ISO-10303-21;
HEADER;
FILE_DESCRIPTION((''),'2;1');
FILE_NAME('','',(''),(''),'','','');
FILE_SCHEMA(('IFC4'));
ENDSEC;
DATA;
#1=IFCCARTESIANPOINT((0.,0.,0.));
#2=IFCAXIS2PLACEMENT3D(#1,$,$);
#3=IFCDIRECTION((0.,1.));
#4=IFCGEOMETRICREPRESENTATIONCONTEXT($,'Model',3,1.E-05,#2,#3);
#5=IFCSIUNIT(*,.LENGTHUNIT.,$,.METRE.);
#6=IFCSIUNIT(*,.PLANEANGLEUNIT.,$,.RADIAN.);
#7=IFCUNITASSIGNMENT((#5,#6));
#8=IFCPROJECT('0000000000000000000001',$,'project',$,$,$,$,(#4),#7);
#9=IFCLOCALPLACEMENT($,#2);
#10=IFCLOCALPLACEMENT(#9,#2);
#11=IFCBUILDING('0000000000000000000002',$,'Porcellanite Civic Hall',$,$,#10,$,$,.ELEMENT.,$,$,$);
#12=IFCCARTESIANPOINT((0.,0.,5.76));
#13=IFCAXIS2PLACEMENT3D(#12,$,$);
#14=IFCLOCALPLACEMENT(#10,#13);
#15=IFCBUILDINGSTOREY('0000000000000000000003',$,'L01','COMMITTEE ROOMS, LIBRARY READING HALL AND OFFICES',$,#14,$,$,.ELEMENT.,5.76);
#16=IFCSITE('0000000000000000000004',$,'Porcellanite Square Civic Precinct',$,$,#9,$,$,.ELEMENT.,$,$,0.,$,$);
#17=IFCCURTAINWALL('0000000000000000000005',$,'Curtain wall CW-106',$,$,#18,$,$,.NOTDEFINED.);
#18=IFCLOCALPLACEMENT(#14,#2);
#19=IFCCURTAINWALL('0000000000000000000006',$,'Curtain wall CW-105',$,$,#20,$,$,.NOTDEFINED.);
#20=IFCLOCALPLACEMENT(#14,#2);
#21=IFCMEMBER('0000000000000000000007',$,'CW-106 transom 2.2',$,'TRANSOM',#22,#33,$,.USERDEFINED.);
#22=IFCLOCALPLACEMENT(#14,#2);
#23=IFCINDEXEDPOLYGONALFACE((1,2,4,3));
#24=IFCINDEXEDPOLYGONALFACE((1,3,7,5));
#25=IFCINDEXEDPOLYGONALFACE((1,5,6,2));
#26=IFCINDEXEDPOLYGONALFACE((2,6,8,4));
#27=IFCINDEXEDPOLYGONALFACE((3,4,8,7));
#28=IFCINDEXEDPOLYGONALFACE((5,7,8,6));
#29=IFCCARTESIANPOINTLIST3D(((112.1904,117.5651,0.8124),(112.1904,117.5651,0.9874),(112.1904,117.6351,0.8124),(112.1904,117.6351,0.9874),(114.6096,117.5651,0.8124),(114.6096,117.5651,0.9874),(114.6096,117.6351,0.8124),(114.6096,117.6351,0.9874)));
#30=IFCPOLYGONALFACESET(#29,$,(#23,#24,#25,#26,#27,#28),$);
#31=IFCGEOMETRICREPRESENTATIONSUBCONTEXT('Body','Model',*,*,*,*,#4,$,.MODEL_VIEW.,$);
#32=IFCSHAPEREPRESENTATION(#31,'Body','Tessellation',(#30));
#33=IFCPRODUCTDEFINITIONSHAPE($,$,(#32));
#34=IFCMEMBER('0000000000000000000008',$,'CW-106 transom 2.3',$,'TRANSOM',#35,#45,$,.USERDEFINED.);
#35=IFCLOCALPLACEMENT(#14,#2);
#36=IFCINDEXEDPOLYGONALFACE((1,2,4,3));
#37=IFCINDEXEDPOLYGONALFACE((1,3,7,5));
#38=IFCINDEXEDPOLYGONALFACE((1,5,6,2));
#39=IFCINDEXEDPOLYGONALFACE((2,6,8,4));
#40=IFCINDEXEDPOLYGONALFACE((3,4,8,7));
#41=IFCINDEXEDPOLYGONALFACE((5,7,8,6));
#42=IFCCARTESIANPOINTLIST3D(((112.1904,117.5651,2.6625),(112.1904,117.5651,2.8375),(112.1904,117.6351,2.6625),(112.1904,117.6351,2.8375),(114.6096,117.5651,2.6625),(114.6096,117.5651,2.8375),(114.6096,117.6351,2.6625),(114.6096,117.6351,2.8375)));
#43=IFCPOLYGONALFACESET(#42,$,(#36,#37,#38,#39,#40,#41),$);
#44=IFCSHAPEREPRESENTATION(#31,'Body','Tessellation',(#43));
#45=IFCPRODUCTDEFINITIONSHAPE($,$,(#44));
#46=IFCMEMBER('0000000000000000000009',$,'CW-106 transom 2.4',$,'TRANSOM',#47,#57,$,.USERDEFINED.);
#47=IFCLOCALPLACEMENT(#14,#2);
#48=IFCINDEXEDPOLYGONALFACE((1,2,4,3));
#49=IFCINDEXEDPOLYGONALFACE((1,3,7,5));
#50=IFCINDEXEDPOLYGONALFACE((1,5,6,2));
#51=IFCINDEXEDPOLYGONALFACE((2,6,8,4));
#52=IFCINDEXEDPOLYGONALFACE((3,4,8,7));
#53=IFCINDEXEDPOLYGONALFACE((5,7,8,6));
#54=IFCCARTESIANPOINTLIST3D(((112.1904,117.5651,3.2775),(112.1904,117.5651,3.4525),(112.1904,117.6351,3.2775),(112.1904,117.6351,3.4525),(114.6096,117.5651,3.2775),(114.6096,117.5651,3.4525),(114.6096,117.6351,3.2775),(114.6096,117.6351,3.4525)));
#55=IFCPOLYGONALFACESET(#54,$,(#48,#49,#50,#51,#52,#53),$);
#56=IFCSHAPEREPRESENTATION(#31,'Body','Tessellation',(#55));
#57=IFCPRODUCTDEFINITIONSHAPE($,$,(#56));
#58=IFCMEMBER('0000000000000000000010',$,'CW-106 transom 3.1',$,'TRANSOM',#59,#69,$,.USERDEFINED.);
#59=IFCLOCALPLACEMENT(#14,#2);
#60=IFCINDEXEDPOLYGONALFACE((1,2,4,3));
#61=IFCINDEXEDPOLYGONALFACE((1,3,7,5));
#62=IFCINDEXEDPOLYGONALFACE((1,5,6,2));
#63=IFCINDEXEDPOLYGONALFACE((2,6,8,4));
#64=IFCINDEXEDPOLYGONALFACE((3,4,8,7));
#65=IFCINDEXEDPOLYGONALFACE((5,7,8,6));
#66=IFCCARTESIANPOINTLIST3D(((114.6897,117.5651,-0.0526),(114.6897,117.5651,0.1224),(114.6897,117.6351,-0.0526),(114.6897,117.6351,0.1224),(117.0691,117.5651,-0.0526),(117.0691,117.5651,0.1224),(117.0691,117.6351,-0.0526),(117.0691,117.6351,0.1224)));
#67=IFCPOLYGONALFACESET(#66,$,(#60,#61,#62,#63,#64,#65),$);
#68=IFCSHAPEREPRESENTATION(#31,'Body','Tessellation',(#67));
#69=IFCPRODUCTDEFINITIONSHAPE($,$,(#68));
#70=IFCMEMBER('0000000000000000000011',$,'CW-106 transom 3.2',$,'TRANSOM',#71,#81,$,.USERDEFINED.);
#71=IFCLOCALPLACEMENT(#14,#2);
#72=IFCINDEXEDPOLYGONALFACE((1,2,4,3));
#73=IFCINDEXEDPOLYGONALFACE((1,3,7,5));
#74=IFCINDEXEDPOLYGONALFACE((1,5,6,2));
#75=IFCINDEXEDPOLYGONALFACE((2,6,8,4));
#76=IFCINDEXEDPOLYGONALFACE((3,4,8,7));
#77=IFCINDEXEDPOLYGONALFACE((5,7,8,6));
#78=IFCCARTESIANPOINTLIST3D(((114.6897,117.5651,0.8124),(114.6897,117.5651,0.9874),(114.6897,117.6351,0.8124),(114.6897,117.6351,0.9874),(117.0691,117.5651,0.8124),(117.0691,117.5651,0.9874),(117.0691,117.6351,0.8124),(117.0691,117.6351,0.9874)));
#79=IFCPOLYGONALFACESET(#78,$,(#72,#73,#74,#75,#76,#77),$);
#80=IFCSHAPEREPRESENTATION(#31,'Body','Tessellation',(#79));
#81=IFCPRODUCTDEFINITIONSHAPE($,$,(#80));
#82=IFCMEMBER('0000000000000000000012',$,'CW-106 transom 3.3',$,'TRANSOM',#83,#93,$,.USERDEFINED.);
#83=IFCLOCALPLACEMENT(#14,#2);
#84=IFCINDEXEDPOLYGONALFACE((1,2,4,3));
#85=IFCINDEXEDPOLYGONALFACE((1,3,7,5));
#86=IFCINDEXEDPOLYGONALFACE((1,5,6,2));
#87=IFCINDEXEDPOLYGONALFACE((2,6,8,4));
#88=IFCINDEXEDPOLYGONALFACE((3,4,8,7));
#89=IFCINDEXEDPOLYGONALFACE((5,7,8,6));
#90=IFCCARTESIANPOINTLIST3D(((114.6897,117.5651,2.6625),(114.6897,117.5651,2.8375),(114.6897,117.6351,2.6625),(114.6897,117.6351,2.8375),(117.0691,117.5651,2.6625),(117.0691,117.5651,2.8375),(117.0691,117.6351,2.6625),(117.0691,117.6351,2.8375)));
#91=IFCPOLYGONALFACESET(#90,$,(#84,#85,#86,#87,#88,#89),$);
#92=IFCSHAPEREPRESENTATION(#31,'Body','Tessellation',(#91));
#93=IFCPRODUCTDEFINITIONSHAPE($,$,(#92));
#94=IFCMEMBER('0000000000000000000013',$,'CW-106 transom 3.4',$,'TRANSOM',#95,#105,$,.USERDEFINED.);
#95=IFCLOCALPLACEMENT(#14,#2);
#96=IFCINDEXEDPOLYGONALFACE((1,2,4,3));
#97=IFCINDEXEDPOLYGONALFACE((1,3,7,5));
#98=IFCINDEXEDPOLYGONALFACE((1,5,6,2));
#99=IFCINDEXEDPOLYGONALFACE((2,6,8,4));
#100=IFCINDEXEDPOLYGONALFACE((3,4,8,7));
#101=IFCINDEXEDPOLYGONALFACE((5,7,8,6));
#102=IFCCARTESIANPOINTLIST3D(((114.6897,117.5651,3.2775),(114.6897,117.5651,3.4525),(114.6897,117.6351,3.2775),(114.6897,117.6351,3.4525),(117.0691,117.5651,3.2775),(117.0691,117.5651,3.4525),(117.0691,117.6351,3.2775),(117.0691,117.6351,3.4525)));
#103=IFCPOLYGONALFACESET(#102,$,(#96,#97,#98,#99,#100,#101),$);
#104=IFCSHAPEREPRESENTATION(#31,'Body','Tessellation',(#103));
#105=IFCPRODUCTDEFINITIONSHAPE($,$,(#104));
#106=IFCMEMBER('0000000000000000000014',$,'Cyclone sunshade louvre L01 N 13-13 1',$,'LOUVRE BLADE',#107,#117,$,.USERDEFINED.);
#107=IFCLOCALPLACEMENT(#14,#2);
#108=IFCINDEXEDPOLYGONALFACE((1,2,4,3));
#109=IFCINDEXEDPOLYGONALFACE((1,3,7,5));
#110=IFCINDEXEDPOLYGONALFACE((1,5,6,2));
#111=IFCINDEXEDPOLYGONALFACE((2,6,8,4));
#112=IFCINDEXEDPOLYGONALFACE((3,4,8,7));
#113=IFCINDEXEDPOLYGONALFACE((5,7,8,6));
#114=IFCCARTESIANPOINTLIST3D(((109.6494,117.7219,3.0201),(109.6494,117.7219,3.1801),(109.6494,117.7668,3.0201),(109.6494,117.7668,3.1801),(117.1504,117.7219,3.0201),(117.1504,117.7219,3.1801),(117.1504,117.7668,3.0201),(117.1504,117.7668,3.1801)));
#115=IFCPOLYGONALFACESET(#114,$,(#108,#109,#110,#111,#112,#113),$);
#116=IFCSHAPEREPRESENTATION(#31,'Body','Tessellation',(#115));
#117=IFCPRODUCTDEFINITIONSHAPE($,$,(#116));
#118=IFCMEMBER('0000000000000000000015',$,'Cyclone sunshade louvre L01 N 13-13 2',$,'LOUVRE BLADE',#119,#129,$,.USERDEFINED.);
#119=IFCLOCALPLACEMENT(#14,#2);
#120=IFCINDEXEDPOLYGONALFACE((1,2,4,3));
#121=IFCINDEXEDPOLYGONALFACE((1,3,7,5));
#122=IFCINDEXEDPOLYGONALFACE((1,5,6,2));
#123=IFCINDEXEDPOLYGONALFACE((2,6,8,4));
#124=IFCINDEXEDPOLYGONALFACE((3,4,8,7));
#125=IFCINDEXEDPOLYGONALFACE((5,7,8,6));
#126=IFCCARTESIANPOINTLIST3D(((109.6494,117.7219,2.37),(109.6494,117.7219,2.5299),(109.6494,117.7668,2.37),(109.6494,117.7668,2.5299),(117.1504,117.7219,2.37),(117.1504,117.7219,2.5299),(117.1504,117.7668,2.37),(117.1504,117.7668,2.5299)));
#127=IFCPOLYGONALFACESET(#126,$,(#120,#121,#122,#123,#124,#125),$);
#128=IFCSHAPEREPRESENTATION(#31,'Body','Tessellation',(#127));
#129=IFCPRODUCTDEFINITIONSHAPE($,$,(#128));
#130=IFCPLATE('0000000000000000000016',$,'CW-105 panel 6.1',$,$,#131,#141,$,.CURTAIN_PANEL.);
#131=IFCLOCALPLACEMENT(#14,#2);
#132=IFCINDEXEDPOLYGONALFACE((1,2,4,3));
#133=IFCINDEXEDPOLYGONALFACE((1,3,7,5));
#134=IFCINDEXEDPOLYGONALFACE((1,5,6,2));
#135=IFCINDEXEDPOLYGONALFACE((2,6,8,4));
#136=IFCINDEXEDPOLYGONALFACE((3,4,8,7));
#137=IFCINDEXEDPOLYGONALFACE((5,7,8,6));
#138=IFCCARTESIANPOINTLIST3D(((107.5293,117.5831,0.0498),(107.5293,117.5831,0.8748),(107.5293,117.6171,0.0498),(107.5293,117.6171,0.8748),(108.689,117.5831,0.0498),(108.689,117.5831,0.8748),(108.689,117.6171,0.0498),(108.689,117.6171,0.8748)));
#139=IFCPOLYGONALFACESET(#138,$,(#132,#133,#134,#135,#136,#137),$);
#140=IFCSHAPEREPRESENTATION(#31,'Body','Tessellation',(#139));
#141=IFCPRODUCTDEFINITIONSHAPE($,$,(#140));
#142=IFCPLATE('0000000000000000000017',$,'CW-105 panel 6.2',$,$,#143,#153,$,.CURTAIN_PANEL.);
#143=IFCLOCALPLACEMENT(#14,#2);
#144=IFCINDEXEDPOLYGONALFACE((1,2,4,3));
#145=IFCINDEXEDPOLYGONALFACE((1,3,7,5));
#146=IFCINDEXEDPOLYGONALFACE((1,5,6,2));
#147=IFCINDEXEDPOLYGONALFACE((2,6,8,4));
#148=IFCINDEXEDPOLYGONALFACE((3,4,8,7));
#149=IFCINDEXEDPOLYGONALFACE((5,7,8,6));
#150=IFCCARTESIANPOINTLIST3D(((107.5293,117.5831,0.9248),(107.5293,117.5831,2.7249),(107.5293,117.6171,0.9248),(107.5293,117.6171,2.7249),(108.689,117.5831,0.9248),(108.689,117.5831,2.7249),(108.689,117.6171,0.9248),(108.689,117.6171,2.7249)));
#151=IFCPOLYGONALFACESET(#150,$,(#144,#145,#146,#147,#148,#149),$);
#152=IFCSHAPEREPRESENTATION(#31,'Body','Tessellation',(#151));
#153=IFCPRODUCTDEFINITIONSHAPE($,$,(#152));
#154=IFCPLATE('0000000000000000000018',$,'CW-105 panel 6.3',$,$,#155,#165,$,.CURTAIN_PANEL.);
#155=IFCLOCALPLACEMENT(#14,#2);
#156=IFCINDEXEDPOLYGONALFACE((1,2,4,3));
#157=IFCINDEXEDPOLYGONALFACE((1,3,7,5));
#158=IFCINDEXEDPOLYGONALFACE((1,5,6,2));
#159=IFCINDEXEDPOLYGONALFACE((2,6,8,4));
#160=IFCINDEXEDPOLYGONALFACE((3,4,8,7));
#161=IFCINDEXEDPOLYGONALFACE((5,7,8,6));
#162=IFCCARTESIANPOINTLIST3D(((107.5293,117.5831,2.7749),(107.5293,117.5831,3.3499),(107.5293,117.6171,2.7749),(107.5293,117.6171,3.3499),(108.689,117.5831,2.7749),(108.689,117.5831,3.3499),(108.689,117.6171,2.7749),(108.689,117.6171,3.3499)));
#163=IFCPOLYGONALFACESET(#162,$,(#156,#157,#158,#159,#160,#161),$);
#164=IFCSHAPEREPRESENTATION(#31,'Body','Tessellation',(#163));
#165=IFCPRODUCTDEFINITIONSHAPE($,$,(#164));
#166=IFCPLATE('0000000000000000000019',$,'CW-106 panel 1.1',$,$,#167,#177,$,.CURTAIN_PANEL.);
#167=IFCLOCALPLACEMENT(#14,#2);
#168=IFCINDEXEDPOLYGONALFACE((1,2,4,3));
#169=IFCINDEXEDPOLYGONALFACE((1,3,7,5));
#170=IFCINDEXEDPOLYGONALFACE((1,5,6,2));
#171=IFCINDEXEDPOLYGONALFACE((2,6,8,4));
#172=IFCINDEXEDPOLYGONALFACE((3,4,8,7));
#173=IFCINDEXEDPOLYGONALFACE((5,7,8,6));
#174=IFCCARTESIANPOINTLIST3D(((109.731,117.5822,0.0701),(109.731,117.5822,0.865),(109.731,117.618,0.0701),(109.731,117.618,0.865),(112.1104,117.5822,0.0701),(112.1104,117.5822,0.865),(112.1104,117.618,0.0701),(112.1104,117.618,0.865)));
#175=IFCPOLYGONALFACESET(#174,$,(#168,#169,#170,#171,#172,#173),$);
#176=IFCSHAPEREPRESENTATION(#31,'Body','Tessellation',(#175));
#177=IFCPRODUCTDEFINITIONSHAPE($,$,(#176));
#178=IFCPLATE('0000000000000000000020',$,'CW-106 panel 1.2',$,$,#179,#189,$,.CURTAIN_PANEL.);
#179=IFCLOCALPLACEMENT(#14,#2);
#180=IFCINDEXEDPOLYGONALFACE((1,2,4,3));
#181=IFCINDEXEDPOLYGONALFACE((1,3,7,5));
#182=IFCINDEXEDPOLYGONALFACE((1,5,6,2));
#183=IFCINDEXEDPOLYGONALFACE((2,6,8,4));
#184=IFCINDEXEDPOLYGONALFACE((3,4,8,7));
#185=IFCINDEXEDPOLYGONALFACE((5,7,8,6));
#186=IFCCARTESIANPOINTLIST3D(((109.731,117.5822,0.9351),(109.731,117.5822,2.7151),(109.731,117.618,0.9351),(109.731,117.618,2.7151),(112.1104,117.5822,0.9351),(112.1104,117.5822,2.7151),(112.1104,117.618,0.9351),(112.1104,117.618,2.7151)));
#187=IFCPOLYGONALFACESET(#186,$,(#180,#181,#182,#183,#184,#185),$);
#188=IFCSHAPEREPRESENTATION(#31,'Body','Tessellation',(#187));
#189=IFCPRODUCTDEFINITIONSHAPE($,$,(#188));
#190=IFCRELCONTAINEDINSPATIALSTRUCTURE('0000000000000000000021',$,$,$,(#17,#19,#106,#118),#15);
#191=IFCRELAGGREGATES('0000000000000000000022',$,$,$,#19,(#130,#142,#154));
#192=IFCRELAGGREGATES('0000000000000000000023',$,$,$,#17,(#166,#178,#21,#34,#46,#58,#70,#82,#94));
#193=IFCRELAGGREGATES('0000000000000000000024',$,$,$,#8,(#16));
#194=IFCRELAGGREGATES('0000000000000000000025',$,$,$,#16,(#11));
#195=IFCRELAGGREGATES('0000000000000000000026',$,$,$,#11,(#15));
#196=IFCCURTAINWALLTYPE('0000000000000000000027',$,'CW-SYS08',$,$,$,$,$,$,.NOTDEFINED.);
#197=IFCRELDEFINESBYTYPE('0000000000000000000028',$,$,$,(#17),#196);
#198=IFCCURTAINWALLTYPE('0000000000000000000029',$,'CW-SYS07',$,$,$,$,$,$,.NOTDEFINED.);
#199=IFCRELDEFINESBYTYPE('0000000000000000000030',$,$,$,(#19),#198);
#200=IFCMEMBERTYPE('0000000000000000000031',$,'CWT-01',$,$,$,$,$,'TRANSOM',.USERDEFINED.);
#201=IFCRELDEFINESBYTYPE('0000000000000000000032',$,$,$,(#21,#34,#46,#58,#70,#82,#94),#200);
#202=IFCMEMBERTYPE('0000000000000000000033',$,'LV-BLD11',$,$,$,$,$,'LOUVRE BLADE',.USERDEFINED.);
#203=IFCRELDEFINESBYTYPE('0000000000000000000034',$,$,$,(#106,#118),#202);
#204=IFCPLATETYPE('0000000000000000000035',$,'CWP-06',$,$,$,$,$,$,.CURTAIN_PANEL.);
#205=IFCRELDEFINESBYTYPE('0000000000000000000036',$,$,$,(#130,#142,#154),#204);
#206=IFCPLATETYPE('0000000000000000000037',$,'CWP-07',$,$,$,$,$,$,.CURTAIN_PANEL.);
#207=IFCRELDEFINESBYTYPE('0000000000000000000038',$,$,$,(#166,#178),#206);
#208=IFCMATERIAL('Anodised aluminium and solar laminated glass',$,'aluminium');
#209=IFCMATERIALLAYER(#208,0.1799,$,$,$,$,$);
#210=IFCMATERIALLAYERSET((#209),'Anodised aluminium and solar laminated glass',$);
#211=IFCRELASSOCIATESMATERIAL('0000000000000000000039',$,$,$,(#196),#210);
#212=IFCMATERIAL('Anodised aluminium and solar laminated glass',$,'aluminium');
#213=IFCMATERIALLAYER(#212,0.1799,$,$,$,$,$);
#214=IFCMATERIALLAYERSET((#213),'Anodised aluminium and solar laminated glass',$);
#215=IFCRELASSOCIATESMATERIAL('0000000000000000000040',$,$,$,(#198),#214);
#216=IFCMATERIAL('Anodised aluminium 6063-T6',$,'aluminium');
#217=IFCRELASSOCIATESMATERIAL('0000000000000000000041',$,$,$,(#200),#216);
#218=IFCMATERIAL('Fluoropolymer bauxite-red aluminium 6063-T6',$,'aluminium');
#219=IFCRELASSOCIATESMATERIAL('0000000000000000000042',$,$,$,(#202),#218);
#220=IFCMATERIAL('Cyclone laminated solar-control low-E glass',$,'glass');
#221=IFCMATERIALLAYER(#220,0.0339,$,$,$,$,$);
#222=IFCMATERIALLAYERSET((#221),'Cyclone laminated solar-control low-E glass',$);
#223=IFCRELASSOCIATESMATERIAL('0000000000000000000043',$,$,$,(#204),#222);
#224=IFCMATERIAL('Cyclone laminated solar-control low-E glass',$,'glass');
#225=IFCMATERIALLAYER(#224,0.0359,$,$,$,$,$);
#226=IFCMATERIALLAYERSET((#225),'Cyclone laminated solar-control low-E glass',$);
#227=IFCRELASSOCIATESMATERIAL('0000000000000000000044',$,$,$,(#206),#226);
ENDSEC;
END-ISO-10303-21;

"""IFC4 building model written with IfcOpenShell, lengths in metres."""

from ifc_helpers import new_model, si_unit, direction, frame, origin, origin_2d, place, context, subcontext, project, spatial, rectangle, extrude, material, layer, layer_set, material_profile, profile_set, type_object, element, aggregate, save


model = new_model("IFC4")

# Units and contexts
model_context = context("Model", 3, precision=1e-05, world=origin(), true_north=direction((0.0, 1.0)))
body_context = subcontext(model_context, "Body", "Model", "MODEL_VIEW")
ifc_project = project(units=[si_unit("LENGTHUNIT", "METRE"), si_unit("PLANEANGLEUNIT", "RADIAN")], contexts=[model_context])

# Site, building, storey
site_placement = place(None, origin())
site = spatial("IfcSite", under=ifc_project, at=site_placement, Name="Porcellanite Square Civic Precinct", CompositionType="ELEMENT", RefElevation=0.0)
building_placement = place(site_placement, origin())
building = spatial("IfcBuilding", under=site, at=building_placement, Name="Porcellanite Civic Hall", CompositionType="ELEMENT")
storey_placement = place(building_placement, frame((0.0, 0.0, 5.76)))
storey = spatial("IfcBuildingStorey", under=building, at=storey_placement, Name="L01", Description="COMMITTEE ROOMS, LIBRARY READING HALL AND OFFICES", CompositionType="ELEMENT", Elevation=5.76)

# Curtain wall
ifc_material_1 = material(Name="Anodised aluminium and solar laminated glass", Category="aluminium")
ifc_layer_1 = layer(ifc_material_1, 0.1799)
ifc_layer_set_1 = layer_set([ifc_layer_1], Name="Anodised aluminium and solar laminated glass")
curtain_wall_type_1 = type_object("IfcCurtainWallType", Name="CW-SYS08", PredefinedType="NOTDEFINED", material=ifc_layer_set_1)
curtain_wall_1_placement = place(storey_placement, origin())
curtain_wall_1 = element("IfcCurtainWall", 1, at=curtain_wall_1_placement, inside=storey, type_object=curtain_wall_type_1, Name="Curtain wall CW-106", PredefinedType="NOTDEFINED")

# Curtain wall
ifc_material_2 = material(Name="Anodised aluminium and solar laminated glass", Category="aluminium")
ifc_layer_2 = layer(ifc_material_2, 0.1799)
ifc_layer_set_2 = layer_set([ifc_layer_2], Name="Anodised aluminium and solar laminated glass")
curtain_wall_type_2 = type_object("IfcCurtainWallType", Name="CW-SYS07", PredefinedType="NOTDEFINED", material=ifc_layer_set_2)
curtain_wall_2_placement = place(storey_placement, origin())
curtain_wall_2 = element("IfcCurtainWall", 2, at=curtain_wall_2_placement, inside=storey, type_object=curtain_wall_type_2, Name="Curtain wall CW-105", PredefinedType="NOTDEFINED")

# Members
ifc_material_3 = material(Name="Anodised aluminium 6063-T6", Category="aluminium")
ifc_material_profile_1 = material_profile(ifc_material_3, rectangle(XDim=0.0701, YDim=0.175, at=origin_2d()), Name="AL-70x175")
ifc_profile_set_1 = profile_set([ifc_material_profile_1], Name="Anodised aluminium 6063-T6")
member_type_1 = type_object("IfcMemberType", Name="CWT-01", ElementType="TRANSOM", PredefinedType="USERDEFINED", material=ifc_profile_set_1)
member_1_placement = place(storey_placement, frame((112.1904, 117.6001, 0.8999), z_axis=(1.0, 0.0, 0.0), x_axis=(0.0, 1.0, 0.0)))
member_1 = element("IfcMember", 3, at=member_1_placement, type_object=member_type_1, Name="CW-106 transom 2.2", ObjectType="TRANSOM", PredefinedType="USERDEFINED", context=body_context, shape_type="SweptSolid", body=[
    extrude(rectangle(XDim=0.0701, YDim=0.175, at=origin_2d()), origin(), (0.0, 0.0, 1.0), 2.4192),
])
member_2_placement = place(storey_placement, frame((112.1904, 117.6001, 2.75), z_axis=(1.0, 0.0, 0.0), x_axis=(0.0, 1.0, 0.0)))
member_2 = element("IfcMember", 4, at=member_2_placement, type_object=member_type_1, Name="CW-106 transom 2.3", ObjectType="TRANSOM", PredefinedType="USERDEFINED", context=body_context, shape_type="SweptSolid", body=[
    extrude(rectangle(XDim=0.0701, YDim=0.175, at=origin_2d()), origin(), (0.0, 0.0, 1.0), 2.4192),
])
member_3_placement = place(storey_placement, frame((112.1904, 117.6001, 3.365), z_axis=(1.0, 0.0, 0.0), x_axis=(0.0, 1.0, 0.0)))
member_3 = element("IfcMember", 5, at=member_3_placement, type_object=member_type_1, Name="CW-106 transom 2.4", ObjectType="TRANSOM", PredefinedType="USERDEFINED", context=body_context, shape_type="SweptSolid", body=[
    extrude(rectangle(XDim=0.0701, YDim=0.175, at=origin_2d()), origin(), (0.0, 0.0, 1.0), 2.4192),
])
member_4_placement = place(storey_placement, frame((114.6897, 117.6001, 0.0349), z_axis=(1.0, 0.0, 0.0), x_axis=(0.0, 1.0, 0.0)))
member_4 = element("IfcMember", 6, at=member_4_placement, type_object=member_type_1, Name="CW-106 transom 3.1", ObjectType="TRANSOM", PredefinedType="USERDEFINED", context=body_context, shape_type="SweptSolid", body=[
    extrude(rectangle(XDim=0.0701, YDim=0.175, at=origin_2d()), origin(), (0.0, 0.0, 1.0), 2.3794),
])
member_5_placement = place(storey_placement, frame((114.6897, 117.6001, 0.8999), z_axis=(1.0, 0.0, 0.0), x_axis=(0.0, 1.0, 0.0)))
member_5 = element("IfcMember", 7, at=member_5_placement, type_object=member_type_1, Name="CW-106 transom 3.2", ObjectType="TRANSOM", PredefinedType="USERDEFINED", context=body_context, shape_type="SweptSolid", body=[
    extrude(rectangle(XDim=0.0701, YDim=0.175, at=origin_2d()), origin(), (0.0, 0.0, 1.0), 2.3794),
])
member_6_placement = place(storey_placement, frame((114.6897, 117.6001, 2.75), z_axis=(1.0, 0.0, 0.0), x_axis=(0.0, 1.0, 0.0)))
member_6 = element("IfcMember", 8, at=member_6_placement, type_object=member_type_1, Name="CW-106 transom 3.3", ObjectType="TRANSOM", PredefinedType="USERDEFINED", context=body_context, shape_type="SweptSolid", body=[
    extrude(rectangle(XDim=0.0701, YDim=0.175, at=origin_2d()), origin(), (0.0, 0.0, 1.0), 2.3794),
])
member_7_placement = place(storey_placement, frame((114.6897, 117.6001, 3.365), z_axis=(1.0, 0.0, 0.0), x_axis=(0.0, 1.0, 0.0)))
member_7 = element("IfcMember", 9, at=member_7_placement, type_object=member_type_1, Name="CW-106 transom 3.4", ObjectType="TRANSOM", PredefinedType="USERDEFINED", context=body_context, shape_type="SweptSolid", body=[
    extrude(rectangle(XDim=0.0701, YDim=0.175, at=origin_2d()), origin(), (0.0, 0.0, 1.0), 2.3794),
])

# Members
ifc_material_4 = material(Name="Fluoropolymer bauxite-red aluminium 6063-T6", Category="aluminium")
ifc_material_profile_2 = material_profile(ifc_material_4, rectangle(XDim=0.0449, YDim=0.1599, at=origin_2d()), Name="AL-45x160")
ifc_profile_set_2 = profile_set([ifc_material_profile_2], Name="Fluoropolymer bauxite-red aluminium 6063-T6")
member_type_2 = type_object("IfcMemberType", Name="LV-BLD11", ElementType="LOUVRE BLADE", PredefinedType="USERDEFINED", material=ifc_profile_set_2)
for number, where, z_axis, x_axis, name in (
    (10, (109.6494, 117.7444, 3.1001), (1.0, 0.0, 0.0), (0.0, 1.0, 0.0), "Cyclone sunshade louvre L01 N 13-13 1"),
    (11, (109.6494, 117.7444, 2.45), (1.0, 0.0, 0.0), (0.0, 1.0, 0.0), "Cyclone sunshade louvre L01 N 13-13 2"),
):
    element("IfcMember", number, at=place(storey_placement, frame(where, z_axis=z_axis, x_axis=x_axis)), inside=storey, type_object=member_type_2, Name=name, ObjectType="LOUVRE BLADE", PredefinedType="USERDEFINED", context=body_context, shape_type="SweptSolid", body=[
        extrude(rectangle(XDim=0.0449, YDim=0.1599, at=origin_2d()), origin(), (0.0, 0.0, 1.0), 7.501),
    ])

# Plates
ifc_material_5 = material(Name="Cyclone laminated solar-control low-E glass", Category="glass")
ifc_layer_3 = layer(ifc_material_5, 0.0339)
ifc_layer_set_3 = layer_set([ifc_layer_3], Name="Cyclone laminated solar-control low-E glass")
plate_type_1 = type_object("IfcPlateType", Name="CWP-06", PredefinedType="CURTAIN_PANEL", material=ifc_layer_set_3)
plate_1_placement = place(storey_placement, frame((108.1091, 117.6001, 0.0498), z_axis=(0.0, 0.0, 1.0), x_axis=(1.0, 0.0, 0.0)))
plate_1 = element("IfcPlate", 12, at=plate_1_placement, type_object=plate_type_1, Name="CW-105 panel 6.1", PredefinedType="CURTAIN_PANEL", context=body_context, shape_type="SweptSolid", body=[
    extrude(rectangle(XDim=1.1597, YDim=0.0339, at=origin_2d()), origin(), (0.0, 0.0, 1.0), 0.825),
])
plate_2_placement = place(storey_placement, frame((108.1091, 117.6001, 0.9248), z_axis=(0.0, 0.0, 1.0), x_axis=(1.0, 0.0, 0.0)))
plate_2 = element("IfcPlate", 13, at=plate_2_placement, type_object=plate_type_1, Name="CW-105 panel 6.2", PredefinedType="CURTAIN_PANEL", context=body_context, shape_type="SweptSolid", body=[
    extrude(rectangle(XDim=1.1597, YDim=0.0339, at=origin_2d()), origin(), (0.0, 0.0, 1.0), 1.8),
])
plate_3_placement = place(storey_placement, frame((108.1091, 117.6001, 2.7749), z_axis=(0.0, 0.0, 1.0), x_axis=(1.0, 0.0, 0.0)))
plate_3 = element("IfcPlate", 14, at=plate_3_placement, type_object=plate_type_1, Name="CW-105 panel 6.3", PredefinedType="CURTAIN_PANEL", context=body_context, shape_type="SweptSolid", body=[
    extrude(rectangle(XDim=1.1597, YDim=0.0339, at=origin_2d()), origin(), (0.0, 0.0, 1.0), 0.575),
])
aggregate(curtain_wall_2, [plate_1, plate_2, plate_3])
ifc_material_6 = material(Name="Cyclone laminated solar-control low-E glass", Category="glass")
ifc_layer_4 = layer(ifc_material_6, 0.0359)
ifc_layer_set_4 = layer_set([ifc_layer_4], Name="Cyclone laminated solar-control low-E glass")
plate_type_2 = type_object("IfcPlateType", Name="CWP-07", PredefinedType="CURTAIN_PANEL", material=ifc_layer_set_4)
plate_4_placement = place(storey_placement, frame((110.9207, 117.6001, 0.0701), z_axis=(0.0, 0.0, 1.0), x_axis=(1.0, 0.0, 0.0)))
plate_4 = element("IfcPlate", 15, at=plate_4_placement, type_object=plate_type_2, Name="CW-106 panel 1.1", PredefinedType="CURTAIN_PANEL", context=body_context, shape_type="SweptSolid", body=[
    extrude(rectangle(XDim=2.3794, YDim=0.0359, at=origin_2d()), origin(), (0.0, 0.0, 1.0), 0.7949),
])
plate_5_placement = place(storey_placement, frame((110.9207, 117.6001, 0.9351), z_axis=(0.0, 0.0, 1.0), x_axis=(1.0, 0.0, 0.0)))
plate_5 = element("IfcPlate", 16, at=plate_5_placement, type_object=plate_type_2, Name="CW-106 panel 1.2", PredefinedType="CURTAIN_PANEL", context=body_context, shape_type="SweptSolid", body=[
    extrude(rectangle(XDim=2.3794, YDim=0.0359, at=origin_2d()), origin(), (0.0, 0.0, 1.0), 1.78),
])
aggregate(curtain_wall_1, [plate_4, plate_5, member_1, member_2, member_3, member_4, member_5, member_6, member_7])

save(model, "model.ifc")
